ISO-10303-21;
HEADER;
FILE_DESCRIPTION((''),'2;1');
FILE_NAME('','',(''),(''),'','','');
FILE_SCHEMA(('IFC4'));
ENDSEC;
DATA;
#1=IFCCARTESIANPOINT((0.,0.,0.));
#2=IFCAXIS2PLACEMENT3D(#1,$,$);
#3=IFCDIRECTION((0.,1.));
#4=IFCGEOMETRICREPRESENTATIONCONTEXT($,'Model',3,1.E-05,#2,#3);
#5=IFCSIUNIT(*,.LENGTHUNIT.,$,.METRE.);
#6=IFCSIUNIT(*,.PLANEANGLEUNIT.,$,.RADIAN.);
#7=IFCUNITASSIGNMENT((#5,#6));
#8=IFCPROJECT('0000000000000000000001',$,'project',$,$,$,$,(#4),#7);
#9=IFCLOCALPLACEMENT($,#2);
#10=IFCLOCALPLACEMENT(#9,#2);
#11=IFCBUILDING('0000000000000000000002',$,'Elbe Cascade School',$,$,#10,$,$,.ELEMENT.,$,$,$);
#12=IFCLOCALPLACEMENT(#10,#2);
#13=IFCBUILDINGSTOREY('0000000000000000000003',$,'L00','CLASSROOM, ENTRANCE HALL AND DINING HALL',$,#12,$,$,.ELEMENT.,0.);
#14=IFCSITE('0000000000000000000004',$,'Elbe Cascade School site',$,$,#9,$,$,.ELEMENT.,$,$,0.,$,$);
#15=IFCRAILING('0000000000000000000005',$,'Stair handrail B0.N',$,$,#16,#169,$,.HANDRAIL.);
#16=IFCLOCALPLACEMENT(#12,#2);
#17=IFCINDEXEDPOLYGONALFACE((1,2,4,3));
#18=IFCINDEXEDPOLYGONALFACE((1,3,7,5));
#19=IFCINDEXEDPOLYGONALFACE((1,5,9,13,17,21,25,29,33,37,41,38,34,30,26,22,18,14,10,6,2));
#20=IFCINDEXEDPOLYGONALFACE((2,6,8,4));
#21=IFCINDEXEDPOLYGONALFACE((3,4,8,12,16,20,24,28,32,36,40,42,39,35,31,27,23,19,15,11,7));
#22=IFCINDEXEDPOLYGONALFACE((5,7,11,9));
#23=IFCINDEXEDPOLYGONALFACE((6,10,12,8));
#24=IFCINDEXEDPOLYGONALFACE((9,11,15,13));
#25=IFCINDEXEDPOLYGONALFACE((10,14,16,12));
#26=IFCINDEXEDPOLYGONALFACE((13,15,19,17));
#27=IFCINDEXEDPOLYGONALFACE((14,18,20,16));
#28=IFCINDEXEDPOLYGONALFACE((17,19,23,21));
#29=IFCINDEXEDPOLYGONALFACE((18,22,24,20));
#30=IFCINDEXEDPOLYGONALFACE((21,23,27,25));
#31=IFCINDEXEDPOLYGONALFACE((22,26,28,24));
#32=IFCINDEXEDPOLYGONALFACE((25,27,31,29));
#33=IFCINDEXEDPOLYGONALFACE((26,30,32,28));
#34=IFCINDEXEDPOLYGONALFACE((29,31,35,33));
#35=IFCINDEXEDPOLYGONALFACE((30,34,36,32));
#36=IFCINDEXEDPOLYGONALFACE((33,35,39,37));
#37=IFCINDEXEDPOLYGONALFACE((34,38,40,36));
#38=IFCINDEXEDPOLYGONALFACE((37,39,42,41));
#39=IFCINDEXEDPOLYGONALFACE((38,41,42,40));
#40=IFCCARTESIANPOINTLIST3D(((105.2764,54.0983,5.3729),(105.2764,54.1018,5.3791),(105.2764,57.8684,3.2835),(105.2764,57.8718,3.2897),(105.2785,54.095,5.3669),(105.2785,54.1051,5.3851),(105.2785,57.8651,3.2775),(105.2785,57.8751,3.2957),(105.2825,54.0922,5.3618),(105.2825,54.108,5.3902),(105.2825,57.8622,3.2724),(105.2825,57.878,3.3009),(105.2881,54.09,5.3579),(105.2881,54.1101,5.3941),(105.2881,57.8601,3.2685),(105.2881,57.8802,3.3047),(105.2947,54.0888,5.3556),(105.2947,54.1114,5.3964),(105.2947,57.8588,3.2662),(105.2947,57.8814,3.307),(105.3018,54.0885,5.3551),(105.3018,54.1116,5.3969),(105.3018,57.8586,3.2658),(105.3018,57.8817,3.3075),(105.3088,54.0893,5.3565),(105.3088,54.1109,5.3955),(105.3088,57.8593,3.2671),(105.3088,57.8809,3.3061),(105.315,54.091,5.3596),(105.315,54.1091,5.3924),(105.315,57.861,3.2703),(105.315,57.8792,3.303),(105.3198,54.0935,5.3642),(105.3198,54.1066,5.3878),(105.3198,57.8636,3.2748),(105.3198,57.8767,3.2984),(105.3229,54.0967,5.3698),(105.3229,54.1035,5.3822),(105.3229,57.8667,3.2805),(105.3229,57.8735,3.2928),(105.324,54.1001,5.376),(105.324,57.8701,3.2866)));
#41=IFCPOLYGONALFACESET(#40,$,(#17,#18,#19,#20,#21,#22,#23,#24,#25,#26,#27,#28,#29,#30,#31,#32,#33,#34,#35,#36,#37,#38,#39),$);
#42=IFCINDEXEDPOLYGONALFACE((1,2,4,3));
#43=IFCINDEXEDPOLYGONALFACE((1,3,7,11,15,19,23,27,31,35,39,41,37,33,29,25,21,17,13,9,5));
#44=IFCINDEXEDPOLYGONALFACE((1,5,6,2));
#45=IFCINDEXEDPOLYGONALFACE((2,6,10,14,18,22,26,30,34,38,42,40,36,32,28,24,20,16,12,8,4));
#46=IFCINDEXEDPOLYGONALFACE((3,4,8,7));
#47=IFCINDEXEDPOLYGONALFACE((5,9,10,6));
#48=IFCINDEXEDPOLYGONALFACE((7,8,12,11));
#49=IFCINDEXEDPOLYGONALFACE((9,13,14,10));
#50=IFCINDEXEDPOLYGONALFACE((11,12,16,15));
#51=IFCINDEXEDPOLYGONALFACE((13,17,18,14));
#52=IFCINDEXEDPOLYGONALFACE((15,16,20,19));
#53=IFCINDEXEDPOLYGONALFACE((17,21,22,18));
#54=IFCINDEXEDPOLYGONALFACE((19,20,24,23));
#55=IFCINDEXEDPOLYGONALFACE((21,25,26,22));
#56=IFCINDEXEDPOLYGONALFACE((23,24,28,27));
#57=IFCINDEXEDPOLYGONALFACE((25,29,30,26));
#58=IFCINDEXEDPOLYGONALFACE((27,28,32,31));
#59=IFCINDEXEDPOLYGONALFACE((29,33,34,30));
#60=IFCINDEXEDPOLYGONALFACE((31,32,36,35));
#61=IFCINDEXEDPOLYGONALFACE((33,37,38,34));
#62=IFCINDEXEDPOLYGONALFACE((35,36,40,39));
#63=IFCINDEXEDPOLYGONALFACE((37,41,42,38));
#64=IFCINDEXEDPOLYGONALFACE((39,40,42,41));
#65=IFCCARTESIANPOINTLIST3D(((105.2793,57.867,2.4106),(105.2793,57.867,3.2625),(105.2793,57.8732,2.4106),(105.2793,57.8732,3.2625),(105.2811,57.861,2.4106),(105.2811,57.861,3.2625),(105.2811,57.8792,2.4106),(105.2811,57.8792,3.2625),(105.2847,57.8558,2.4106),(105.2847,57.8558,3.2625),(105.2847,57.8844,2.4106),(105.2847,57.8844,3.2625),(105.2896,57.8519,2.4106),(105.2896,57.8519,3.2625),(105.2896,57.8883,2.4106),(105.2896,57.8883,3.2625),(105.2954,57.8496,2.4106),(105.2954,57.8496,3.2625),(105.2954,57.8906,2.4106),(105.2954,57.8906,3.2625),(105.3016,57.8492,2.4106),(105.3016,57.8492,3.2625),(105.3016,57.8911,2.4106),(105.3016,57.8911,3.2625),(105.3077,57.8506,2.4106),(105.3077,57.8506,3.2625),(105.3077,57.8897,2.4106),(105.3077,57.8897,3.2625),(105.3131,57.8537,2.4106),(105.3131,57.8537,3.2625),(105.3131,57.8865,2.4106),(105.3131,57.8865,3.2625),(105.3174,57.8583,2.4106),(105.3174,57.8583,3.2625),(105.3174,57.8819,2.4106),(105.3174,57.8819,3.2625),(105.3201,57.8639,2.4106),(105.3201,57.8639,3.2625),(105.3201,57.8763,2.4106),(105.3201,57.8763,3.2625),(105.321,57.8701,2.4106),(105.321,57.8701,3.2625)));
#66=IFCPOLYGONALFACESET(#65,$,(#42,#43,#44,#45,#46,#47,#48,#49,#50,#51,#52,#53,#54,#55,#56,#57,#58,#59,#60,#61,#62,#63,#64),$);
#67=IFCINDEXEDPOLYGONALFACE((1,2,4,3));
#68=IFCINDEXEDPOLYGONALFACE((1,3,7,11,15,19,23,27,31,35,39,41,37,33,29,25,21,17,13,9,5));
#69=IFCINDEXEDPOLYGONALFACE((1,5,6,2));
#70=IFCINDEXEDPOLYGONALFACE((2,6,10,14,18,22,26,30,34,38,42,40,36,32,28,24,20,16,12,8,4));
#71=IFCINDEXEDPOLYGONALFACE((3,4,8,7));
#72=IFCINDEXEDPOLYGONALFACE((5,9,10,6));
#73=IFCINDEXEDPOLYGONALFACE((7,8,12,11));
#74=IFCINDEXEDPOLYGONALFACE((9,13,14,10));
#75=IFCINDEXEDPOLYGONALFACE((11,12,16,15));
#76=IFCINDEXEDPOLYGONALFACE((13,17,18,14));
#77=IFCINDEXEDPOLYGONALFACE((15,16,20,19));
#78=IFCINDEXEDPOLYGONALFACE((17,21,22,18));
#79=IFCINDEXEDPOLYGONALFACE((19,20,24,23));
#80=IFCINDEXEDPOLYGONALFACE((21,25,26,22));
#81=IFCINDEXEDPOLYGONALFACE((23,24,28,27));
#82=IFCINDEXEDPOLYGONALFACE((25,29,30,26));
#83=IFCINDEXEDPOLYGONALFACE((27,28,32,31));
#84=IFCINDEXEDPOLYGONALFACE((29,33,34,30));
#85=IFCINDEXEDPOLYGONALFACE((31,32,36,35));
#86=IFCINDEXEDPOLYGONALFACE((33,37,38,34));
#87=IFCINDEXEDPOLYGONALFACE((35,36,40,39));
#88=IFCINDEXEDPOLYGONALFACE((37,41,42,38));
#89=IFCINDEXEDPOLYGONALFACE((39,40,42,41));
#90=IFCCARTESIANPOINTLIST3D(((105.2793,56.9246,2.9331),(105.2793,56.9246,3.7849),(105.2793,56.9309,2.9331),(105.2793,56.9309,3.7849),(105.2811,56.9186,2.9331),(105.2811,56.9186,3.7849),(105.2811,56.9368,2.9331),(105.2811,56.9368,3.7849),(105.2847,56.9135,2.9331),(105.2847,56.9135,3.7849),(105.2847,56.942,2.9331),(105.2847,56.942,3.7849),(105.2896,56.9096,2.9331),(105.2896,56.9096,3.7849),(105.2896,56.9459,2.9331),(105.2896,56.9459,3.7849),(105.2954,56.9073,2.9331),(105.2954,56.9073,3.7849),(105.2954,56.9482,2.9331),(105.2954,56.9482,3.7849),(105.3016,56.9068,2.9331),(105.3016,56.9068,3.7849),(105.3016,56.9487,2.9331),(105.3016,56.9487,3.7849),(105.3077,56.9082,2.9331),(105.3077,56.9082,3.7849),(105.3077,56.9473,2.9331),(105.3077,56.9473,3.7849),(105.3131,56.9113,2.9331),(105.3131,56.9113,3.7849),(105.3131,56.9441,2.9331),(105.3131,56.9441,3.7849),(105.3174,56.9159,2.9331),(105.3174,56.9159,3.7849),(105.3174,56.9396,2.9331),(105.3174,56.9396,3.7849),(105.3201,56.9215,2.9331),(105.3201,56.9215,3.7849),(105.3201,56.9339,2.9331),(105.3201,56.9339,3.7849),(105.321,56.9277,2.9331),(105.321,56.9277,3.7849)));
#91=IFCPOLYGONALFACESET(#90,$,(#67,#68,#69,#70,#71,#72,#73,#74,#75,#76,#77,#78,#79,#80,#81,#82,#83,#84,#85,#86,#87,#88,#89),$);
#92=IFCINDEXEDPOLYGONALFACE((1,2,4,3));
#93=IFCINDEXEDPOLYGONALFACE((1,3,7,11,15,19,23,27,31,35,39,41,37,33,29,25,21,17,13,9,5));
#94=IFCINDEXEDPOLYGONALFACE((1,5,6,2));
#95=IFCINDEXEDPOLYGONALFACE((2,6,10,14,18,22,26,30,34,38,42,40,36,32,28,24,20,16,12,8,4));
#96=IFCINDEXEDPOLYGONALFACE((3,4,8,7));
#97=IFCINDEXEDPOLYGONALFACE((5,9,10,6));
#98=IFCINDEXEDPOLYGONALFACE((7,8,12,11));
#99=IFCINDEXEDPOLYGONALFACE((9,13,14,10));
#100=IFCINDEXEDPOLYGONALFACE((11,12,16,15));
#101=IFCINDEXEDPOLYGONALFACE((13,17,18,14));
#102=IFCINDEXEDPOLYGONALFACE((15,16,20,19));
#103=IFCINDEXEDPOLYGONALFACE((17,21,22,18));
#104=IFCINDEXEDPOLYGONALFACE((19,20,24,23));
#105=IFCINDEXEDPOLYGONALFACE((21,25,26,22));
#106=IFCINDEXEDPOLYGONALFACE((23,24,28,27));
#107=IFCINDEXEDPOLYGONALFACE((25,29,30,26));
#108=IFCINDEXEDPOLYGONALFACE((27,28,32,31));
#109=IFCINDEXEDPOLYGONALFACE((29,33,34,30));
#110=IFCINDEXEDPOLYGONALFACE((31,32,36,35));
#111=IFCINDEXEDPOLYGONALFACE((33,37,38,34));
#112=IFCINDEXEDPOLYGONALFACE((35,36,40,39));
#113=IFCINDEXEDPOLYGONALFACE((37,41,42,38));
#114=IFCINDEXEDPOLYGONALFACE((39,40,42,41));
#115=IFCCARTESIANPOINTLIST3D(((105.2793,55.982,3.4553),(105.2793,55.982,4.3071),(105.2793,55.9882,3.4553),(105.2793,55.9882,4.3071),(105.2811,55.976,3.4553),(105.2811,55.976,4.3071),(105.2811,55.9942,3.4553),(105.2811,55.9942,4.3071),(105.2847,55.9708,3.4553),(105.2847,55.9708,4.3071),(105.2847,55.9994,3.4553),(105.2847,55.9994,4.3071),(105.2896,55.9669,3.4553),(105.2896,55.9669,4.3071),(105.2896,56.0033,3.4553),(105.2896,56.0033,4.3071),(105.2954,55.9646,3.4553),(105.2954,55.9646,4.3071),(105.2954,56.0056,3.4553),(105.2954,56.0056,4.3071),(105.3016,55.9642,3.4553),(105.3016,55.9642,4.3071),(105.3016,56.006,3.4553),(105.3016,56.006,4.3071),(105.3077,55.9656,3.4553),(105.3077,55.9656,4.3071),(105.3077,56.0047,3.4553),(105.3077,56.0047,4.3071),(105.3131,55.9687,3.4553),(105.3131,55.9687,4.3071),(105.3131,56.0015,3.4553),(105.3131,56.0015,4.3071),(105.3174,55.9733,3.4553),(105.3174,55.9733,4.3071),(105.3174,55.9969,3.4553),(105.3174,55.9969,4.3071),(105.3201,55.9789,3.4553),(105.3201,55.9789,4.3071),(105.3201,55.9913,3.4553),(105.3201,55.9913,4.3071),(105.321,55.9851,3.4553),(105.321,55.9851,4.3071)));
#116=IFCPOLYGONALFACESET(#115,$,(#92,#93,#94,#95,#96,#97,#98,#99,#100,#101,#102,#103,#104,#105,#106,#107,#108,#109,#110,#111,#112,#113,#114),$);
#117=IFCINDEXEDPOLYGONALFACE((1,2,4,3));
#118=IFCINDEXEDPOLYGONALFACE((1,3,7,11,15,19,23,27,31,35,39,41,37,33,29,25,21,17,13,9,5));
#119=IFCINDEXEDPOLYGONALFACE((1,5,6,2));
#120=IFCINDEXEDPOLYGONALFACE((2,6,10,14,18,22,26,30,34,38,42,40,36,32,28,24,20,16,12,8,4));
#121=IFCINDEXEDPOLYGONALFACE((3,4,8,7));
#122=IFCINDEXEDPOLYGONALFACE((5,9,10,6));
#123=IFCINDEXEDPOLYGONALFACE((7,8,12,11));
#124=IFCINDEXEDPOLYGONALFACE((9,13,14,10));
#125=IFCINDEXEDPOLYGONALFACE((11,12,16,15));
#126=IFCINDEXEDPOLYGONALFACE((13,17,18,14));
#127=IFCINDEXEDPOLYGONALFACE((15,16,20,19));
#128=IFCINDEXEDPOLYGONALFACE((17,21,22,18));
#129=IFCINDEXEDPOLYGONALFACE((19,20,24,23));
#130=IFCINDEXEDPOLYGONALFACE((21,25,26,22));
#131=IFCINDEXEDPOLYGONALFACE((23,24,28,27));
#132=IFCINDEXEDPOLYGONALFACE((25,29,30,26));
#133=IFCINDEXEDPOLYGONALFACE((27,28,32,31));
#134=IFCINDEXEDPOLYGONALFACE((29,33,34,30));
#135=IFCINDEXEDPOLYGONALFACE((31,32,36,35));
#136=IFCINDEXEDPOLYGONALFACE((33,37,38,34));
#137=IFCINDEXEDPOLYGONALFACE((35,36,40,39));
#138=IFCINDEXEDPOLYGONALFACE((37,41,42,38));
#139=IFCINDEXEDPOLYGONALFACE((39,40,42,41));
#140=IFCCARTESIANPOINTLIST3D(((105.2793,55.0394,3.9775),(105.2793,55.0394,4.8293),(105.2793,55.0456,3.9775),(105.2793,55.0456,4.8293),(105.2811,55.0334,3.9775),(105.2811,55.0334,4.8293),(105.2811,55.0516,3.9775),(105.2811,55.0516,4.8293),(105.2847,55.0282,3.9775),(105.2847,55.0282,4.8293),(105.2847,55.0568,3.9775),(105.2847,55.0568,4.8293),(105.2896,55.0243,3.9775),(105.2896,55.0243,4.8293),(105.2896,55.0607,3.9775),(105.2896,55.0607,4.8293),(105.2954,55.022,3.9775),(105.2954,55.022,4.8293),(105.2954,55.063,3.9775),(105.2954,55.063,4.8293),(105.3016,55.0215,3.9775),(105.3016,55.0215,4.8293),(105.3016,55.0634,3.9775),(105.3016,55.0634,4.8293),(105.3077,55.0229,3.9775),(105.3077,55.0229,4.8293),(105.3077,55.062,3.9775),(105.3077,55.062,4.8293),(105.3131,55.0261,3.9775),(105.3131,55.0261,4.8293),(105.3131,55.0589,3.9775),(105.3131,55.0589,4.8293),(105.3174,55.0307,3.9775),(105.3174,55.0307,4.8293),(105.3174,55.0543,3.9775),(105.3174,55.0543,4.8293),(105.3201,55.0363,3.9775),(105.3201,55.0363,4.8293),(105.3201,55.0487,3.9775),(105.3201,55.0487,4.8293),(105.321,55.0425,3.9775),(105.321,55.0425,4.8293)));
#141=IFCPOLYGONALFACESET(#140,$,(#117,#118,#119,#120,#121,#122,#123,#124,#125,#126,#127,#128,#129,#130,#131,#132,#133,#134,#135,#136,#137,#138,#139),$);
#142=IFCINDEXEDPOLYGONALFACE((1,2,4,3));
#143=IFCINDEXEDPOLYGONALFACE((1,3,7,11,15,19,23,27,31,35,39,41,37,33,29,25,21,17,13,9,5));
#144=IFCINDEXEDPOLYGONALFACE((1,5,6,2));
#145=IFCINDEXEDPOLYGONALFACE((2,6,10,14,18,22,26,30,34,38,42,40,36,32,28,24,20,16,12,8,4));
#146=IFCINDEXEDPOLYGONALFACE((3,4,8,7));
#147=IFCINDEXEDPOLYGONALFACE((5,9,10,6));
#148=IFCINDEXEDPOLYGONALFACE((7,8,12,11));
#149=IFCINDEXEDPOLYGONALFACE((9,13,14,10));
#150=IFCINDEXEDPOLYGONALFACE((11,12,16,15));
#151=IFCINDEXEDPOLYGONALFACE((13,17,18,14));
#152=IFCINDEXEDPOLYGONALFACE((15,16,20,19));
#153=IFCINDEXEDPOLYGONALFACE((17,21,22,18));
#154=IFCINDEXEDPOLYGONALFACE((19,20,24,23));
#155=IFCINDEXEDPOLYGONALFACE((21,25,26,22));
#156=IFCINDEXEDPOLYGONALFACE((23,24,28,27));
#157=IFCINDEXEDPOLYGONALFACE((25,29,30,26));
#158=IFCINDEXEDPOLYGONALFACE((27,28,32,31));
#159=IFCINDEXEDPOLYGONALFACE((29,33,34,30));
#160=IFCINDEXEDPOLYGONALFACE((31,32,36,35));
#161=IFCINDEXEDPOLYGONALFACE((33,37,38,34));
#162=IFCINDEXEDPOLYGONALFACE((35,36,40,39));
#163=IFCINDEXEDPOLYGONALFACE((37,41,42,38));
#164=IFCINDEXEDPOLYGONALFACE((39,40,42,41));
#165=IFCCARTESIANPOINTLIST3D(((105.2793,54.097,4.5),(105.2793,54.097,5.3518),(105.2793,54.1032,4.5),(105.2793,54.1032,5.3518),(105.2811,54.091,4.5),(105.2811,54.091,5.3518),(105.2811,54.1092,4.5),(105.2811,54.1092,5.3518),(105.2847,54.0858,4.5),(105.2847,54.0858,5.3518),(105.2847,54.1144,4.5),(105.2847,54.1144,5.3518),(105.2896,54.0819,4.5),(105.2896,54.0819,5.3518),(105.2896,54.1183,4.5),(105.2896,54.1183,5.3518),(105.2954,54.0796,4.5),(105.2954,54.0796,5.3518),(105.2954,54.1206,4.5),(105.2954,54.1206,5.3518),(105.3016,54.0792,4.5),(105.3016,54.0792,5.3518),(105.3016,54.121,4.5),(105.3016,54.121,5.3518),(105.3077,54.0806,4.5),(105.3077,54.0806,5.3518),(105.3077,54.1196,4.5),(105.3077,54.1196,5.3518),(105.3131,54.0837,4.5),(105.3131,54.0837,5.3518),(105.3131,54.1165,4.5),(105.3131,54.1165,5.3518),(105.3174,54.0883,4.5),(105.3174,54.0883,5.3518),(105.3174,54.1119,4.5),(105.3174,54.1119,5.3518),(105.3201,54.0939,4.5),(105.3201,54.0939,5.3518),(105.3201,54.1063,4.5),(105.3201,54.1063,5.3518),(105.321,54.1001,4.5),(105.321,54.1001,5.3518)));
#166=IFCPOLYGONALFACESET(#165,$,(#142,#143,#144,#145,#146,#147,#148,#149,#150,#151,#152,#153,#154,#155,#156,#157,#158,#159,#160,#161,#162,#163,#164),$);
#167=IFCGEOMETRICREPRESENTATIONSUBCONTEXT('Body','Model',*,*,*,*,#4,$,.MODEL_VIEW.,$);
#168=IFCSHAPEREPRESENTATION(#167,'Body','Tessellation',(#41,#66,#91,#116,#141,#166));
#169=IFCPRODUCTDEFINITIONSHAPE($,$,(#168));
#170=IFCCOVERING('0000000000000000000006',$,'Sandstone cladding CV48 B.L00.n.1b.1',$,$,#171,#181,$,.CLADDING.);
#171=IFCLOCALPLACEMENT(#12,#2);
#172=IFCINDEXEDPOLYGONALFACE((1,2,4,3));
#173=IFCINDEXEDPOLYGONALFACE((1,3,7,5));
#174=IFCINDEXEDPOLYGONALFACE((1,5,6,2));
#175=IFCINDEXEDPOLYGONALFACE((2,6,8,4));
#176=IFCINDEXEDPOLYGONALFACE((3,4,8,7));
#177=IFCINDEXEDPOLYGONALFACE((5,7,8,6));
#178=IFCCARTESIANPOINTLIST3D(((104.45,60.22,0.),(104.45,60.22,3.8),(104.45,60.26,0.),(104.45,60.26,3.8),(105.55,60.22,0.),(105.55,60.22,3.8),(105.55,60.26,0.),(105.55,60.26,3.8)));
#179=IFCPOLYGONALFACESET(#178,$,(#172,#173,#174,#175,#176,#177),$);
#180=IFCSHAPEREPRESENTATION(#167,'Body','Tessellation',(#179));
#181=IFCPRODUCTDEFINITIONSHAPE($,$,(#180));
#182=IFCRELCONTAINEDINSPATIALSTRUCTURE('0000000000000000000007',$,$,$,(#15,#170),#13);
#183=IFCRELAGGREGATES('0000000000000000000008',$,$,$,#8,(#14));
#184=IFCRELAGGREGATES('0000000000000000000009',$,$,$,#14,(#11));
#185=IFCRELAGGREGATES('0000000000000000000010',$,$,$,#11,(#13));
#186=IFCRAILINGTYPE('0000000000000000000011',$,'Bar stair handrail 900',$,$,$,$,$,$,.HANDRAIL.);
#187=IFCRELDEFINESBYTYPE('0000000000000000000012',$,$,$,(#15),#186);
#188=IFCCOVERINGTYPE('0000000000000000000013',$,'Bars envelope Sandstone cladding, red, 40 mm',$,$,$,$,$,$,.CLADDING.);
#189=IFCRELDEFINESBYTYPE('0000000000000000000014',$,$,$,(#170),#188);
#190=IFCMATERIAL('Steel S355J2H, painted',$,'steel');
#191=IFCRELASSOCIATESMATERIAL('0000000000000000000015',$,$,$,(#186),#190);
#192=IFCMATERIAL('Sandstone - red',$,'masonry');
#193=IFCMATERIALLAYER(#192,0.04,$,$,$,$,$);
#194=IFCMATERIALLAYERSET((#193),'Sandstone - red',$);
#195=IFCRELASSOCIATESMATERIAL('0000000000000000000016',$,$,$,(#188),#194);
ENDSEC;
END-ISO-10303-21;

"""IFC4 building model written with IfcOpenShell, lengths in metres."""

from ifc_helpers import new_model, si_unit, direction, frame, origin, origin_2d, place, context, subcontext, project, spatial, rectangle, circle, extrude, material, layer, layer_set, type_object, element, save


model = new_model("IFC4")

# Units and contexts
model_context = context("Model", 3, precision=1e-05, world=origin(), true_north=direction((0.0, 1.0)))
body_context = subcontext(model_context, "Body", "Model", "MODEL_VIEW")
ifc_project = project(units=[si_unit("LENGTHUNIT", "METRE"), si_unit("PLANEANGLEUNIT", "RADIAN")], contexts=[model_context])

# Site, building, storey
site_placement = place(None, origin())
site = spatial("IfcSite", under=ifc_project, at=site_placement, Name="Elbe Cascade School site", CompositionType="ELEMENT", RefElevation=0.0)
building_placement = place(site_placement, origin())
building = spatial("IfcBuilding", under=site, at=building_placement, Name="Elbe Cascade School", CompositionType="ELEMENT")
storey_placement = place(building_placement, origin())
storey = spatial("IfcBuildingStorey", under=building, at=storey_placement, Name="L00", Description="CLASSROOM, ENTRANCE HALL AND DINING HALL", CompositionType="ELEMENT", Elevation=0.0)

# Railing
ifc_material_1 = material(Name="Steel S355J2H, painted", Category="steel")
railing_type = type_object("IfcRailingType", Name="Bar stair handrail 900", PredefinedType="HANDRAIL", material=ifc_material_1)
railing_placement = place(storey_placement, frame((105.3, 57.8701, 2.4106)))
element("IfcRailing", 1, at=railing_placement, inside=storey, type_object=railing_type, Name="Stair handrail B0.N", PredefinedType="HANDRAIL", context=body_context, shape_type="SweptSolid", body=[
    extrude(circle(Radius=0.0239, at=origin_2d()), frame((0.0, 0.0, 0.876), z_axis=(0.0, -0.874659, 0.484739), x_axis=(1.0, 0.0, 0.0)), (0.0, 0.0, 1.0), 4.3103),
    extrude(circle(Radius=0.021, at=origin_2d()), origin(), (0.0, 0.0, 1.0), 0.8518),
    extrude(circle(Radius=0.021, at=origin_2d()), frame((0.0, -0.9424, 0.5225)), (0.0, 0.0, 1.0), 0.8518),
    extrude(circle(Radius=0.021, at=origin_2d()), frame((0.0, -1.885, 1.0447)), (0.0, 0.0, 1.0), 0.8518),
    extrude(circle(Radius=0.021, at=origin_2d()), frame((0.0, -2.8276, 1.5669)), (0.0, 0.0, 1.0), 0.8518),
    extrude(circle(Radius=0.021, at=origin_2d()), frame((0.0, -3.77, 2.0894)), (0.0, 0.0, 1.0), 0.8518),
])

# Covering
ifc_material_2 = material(Name="Sandstone - red", Category="masonry")
ifc_layer_1 = layer(ifc_material_2, 0.04)
ifc_layer_set_1 = layer_set([ifc_layer_1], Name="Sandstone - red")
covering_type_1 = type_object("IfcCoveringType", Name="Bars envelope Sandstone cladding, red, 40 mm", PredefinedType="CLADDING", material=ifc_layer_set_1)
covering_1_placement = place(storey_placement, frame((105.0, 60.24, 0.0), z_axis=(0.0, 0.0, 1.0), x_axis=(1.0, 0.0, 0.0)))
element("IfcCovering", 2, at=covering_1_placement, inside=storey, type_object=covering_type_1, Name="Sandstone cladding CV48 B.L00.n.1b.1", PredefinedType="CLADDING", context=body_context, shape_type="SweptSolid", body=[
    extrude(rectangle(XDim=1.1001, YDim=0.04, at=origin_2d()), origin(), (0.0, 0.0, 1.0), 3.8),
])

save(model, "model.ifc")
